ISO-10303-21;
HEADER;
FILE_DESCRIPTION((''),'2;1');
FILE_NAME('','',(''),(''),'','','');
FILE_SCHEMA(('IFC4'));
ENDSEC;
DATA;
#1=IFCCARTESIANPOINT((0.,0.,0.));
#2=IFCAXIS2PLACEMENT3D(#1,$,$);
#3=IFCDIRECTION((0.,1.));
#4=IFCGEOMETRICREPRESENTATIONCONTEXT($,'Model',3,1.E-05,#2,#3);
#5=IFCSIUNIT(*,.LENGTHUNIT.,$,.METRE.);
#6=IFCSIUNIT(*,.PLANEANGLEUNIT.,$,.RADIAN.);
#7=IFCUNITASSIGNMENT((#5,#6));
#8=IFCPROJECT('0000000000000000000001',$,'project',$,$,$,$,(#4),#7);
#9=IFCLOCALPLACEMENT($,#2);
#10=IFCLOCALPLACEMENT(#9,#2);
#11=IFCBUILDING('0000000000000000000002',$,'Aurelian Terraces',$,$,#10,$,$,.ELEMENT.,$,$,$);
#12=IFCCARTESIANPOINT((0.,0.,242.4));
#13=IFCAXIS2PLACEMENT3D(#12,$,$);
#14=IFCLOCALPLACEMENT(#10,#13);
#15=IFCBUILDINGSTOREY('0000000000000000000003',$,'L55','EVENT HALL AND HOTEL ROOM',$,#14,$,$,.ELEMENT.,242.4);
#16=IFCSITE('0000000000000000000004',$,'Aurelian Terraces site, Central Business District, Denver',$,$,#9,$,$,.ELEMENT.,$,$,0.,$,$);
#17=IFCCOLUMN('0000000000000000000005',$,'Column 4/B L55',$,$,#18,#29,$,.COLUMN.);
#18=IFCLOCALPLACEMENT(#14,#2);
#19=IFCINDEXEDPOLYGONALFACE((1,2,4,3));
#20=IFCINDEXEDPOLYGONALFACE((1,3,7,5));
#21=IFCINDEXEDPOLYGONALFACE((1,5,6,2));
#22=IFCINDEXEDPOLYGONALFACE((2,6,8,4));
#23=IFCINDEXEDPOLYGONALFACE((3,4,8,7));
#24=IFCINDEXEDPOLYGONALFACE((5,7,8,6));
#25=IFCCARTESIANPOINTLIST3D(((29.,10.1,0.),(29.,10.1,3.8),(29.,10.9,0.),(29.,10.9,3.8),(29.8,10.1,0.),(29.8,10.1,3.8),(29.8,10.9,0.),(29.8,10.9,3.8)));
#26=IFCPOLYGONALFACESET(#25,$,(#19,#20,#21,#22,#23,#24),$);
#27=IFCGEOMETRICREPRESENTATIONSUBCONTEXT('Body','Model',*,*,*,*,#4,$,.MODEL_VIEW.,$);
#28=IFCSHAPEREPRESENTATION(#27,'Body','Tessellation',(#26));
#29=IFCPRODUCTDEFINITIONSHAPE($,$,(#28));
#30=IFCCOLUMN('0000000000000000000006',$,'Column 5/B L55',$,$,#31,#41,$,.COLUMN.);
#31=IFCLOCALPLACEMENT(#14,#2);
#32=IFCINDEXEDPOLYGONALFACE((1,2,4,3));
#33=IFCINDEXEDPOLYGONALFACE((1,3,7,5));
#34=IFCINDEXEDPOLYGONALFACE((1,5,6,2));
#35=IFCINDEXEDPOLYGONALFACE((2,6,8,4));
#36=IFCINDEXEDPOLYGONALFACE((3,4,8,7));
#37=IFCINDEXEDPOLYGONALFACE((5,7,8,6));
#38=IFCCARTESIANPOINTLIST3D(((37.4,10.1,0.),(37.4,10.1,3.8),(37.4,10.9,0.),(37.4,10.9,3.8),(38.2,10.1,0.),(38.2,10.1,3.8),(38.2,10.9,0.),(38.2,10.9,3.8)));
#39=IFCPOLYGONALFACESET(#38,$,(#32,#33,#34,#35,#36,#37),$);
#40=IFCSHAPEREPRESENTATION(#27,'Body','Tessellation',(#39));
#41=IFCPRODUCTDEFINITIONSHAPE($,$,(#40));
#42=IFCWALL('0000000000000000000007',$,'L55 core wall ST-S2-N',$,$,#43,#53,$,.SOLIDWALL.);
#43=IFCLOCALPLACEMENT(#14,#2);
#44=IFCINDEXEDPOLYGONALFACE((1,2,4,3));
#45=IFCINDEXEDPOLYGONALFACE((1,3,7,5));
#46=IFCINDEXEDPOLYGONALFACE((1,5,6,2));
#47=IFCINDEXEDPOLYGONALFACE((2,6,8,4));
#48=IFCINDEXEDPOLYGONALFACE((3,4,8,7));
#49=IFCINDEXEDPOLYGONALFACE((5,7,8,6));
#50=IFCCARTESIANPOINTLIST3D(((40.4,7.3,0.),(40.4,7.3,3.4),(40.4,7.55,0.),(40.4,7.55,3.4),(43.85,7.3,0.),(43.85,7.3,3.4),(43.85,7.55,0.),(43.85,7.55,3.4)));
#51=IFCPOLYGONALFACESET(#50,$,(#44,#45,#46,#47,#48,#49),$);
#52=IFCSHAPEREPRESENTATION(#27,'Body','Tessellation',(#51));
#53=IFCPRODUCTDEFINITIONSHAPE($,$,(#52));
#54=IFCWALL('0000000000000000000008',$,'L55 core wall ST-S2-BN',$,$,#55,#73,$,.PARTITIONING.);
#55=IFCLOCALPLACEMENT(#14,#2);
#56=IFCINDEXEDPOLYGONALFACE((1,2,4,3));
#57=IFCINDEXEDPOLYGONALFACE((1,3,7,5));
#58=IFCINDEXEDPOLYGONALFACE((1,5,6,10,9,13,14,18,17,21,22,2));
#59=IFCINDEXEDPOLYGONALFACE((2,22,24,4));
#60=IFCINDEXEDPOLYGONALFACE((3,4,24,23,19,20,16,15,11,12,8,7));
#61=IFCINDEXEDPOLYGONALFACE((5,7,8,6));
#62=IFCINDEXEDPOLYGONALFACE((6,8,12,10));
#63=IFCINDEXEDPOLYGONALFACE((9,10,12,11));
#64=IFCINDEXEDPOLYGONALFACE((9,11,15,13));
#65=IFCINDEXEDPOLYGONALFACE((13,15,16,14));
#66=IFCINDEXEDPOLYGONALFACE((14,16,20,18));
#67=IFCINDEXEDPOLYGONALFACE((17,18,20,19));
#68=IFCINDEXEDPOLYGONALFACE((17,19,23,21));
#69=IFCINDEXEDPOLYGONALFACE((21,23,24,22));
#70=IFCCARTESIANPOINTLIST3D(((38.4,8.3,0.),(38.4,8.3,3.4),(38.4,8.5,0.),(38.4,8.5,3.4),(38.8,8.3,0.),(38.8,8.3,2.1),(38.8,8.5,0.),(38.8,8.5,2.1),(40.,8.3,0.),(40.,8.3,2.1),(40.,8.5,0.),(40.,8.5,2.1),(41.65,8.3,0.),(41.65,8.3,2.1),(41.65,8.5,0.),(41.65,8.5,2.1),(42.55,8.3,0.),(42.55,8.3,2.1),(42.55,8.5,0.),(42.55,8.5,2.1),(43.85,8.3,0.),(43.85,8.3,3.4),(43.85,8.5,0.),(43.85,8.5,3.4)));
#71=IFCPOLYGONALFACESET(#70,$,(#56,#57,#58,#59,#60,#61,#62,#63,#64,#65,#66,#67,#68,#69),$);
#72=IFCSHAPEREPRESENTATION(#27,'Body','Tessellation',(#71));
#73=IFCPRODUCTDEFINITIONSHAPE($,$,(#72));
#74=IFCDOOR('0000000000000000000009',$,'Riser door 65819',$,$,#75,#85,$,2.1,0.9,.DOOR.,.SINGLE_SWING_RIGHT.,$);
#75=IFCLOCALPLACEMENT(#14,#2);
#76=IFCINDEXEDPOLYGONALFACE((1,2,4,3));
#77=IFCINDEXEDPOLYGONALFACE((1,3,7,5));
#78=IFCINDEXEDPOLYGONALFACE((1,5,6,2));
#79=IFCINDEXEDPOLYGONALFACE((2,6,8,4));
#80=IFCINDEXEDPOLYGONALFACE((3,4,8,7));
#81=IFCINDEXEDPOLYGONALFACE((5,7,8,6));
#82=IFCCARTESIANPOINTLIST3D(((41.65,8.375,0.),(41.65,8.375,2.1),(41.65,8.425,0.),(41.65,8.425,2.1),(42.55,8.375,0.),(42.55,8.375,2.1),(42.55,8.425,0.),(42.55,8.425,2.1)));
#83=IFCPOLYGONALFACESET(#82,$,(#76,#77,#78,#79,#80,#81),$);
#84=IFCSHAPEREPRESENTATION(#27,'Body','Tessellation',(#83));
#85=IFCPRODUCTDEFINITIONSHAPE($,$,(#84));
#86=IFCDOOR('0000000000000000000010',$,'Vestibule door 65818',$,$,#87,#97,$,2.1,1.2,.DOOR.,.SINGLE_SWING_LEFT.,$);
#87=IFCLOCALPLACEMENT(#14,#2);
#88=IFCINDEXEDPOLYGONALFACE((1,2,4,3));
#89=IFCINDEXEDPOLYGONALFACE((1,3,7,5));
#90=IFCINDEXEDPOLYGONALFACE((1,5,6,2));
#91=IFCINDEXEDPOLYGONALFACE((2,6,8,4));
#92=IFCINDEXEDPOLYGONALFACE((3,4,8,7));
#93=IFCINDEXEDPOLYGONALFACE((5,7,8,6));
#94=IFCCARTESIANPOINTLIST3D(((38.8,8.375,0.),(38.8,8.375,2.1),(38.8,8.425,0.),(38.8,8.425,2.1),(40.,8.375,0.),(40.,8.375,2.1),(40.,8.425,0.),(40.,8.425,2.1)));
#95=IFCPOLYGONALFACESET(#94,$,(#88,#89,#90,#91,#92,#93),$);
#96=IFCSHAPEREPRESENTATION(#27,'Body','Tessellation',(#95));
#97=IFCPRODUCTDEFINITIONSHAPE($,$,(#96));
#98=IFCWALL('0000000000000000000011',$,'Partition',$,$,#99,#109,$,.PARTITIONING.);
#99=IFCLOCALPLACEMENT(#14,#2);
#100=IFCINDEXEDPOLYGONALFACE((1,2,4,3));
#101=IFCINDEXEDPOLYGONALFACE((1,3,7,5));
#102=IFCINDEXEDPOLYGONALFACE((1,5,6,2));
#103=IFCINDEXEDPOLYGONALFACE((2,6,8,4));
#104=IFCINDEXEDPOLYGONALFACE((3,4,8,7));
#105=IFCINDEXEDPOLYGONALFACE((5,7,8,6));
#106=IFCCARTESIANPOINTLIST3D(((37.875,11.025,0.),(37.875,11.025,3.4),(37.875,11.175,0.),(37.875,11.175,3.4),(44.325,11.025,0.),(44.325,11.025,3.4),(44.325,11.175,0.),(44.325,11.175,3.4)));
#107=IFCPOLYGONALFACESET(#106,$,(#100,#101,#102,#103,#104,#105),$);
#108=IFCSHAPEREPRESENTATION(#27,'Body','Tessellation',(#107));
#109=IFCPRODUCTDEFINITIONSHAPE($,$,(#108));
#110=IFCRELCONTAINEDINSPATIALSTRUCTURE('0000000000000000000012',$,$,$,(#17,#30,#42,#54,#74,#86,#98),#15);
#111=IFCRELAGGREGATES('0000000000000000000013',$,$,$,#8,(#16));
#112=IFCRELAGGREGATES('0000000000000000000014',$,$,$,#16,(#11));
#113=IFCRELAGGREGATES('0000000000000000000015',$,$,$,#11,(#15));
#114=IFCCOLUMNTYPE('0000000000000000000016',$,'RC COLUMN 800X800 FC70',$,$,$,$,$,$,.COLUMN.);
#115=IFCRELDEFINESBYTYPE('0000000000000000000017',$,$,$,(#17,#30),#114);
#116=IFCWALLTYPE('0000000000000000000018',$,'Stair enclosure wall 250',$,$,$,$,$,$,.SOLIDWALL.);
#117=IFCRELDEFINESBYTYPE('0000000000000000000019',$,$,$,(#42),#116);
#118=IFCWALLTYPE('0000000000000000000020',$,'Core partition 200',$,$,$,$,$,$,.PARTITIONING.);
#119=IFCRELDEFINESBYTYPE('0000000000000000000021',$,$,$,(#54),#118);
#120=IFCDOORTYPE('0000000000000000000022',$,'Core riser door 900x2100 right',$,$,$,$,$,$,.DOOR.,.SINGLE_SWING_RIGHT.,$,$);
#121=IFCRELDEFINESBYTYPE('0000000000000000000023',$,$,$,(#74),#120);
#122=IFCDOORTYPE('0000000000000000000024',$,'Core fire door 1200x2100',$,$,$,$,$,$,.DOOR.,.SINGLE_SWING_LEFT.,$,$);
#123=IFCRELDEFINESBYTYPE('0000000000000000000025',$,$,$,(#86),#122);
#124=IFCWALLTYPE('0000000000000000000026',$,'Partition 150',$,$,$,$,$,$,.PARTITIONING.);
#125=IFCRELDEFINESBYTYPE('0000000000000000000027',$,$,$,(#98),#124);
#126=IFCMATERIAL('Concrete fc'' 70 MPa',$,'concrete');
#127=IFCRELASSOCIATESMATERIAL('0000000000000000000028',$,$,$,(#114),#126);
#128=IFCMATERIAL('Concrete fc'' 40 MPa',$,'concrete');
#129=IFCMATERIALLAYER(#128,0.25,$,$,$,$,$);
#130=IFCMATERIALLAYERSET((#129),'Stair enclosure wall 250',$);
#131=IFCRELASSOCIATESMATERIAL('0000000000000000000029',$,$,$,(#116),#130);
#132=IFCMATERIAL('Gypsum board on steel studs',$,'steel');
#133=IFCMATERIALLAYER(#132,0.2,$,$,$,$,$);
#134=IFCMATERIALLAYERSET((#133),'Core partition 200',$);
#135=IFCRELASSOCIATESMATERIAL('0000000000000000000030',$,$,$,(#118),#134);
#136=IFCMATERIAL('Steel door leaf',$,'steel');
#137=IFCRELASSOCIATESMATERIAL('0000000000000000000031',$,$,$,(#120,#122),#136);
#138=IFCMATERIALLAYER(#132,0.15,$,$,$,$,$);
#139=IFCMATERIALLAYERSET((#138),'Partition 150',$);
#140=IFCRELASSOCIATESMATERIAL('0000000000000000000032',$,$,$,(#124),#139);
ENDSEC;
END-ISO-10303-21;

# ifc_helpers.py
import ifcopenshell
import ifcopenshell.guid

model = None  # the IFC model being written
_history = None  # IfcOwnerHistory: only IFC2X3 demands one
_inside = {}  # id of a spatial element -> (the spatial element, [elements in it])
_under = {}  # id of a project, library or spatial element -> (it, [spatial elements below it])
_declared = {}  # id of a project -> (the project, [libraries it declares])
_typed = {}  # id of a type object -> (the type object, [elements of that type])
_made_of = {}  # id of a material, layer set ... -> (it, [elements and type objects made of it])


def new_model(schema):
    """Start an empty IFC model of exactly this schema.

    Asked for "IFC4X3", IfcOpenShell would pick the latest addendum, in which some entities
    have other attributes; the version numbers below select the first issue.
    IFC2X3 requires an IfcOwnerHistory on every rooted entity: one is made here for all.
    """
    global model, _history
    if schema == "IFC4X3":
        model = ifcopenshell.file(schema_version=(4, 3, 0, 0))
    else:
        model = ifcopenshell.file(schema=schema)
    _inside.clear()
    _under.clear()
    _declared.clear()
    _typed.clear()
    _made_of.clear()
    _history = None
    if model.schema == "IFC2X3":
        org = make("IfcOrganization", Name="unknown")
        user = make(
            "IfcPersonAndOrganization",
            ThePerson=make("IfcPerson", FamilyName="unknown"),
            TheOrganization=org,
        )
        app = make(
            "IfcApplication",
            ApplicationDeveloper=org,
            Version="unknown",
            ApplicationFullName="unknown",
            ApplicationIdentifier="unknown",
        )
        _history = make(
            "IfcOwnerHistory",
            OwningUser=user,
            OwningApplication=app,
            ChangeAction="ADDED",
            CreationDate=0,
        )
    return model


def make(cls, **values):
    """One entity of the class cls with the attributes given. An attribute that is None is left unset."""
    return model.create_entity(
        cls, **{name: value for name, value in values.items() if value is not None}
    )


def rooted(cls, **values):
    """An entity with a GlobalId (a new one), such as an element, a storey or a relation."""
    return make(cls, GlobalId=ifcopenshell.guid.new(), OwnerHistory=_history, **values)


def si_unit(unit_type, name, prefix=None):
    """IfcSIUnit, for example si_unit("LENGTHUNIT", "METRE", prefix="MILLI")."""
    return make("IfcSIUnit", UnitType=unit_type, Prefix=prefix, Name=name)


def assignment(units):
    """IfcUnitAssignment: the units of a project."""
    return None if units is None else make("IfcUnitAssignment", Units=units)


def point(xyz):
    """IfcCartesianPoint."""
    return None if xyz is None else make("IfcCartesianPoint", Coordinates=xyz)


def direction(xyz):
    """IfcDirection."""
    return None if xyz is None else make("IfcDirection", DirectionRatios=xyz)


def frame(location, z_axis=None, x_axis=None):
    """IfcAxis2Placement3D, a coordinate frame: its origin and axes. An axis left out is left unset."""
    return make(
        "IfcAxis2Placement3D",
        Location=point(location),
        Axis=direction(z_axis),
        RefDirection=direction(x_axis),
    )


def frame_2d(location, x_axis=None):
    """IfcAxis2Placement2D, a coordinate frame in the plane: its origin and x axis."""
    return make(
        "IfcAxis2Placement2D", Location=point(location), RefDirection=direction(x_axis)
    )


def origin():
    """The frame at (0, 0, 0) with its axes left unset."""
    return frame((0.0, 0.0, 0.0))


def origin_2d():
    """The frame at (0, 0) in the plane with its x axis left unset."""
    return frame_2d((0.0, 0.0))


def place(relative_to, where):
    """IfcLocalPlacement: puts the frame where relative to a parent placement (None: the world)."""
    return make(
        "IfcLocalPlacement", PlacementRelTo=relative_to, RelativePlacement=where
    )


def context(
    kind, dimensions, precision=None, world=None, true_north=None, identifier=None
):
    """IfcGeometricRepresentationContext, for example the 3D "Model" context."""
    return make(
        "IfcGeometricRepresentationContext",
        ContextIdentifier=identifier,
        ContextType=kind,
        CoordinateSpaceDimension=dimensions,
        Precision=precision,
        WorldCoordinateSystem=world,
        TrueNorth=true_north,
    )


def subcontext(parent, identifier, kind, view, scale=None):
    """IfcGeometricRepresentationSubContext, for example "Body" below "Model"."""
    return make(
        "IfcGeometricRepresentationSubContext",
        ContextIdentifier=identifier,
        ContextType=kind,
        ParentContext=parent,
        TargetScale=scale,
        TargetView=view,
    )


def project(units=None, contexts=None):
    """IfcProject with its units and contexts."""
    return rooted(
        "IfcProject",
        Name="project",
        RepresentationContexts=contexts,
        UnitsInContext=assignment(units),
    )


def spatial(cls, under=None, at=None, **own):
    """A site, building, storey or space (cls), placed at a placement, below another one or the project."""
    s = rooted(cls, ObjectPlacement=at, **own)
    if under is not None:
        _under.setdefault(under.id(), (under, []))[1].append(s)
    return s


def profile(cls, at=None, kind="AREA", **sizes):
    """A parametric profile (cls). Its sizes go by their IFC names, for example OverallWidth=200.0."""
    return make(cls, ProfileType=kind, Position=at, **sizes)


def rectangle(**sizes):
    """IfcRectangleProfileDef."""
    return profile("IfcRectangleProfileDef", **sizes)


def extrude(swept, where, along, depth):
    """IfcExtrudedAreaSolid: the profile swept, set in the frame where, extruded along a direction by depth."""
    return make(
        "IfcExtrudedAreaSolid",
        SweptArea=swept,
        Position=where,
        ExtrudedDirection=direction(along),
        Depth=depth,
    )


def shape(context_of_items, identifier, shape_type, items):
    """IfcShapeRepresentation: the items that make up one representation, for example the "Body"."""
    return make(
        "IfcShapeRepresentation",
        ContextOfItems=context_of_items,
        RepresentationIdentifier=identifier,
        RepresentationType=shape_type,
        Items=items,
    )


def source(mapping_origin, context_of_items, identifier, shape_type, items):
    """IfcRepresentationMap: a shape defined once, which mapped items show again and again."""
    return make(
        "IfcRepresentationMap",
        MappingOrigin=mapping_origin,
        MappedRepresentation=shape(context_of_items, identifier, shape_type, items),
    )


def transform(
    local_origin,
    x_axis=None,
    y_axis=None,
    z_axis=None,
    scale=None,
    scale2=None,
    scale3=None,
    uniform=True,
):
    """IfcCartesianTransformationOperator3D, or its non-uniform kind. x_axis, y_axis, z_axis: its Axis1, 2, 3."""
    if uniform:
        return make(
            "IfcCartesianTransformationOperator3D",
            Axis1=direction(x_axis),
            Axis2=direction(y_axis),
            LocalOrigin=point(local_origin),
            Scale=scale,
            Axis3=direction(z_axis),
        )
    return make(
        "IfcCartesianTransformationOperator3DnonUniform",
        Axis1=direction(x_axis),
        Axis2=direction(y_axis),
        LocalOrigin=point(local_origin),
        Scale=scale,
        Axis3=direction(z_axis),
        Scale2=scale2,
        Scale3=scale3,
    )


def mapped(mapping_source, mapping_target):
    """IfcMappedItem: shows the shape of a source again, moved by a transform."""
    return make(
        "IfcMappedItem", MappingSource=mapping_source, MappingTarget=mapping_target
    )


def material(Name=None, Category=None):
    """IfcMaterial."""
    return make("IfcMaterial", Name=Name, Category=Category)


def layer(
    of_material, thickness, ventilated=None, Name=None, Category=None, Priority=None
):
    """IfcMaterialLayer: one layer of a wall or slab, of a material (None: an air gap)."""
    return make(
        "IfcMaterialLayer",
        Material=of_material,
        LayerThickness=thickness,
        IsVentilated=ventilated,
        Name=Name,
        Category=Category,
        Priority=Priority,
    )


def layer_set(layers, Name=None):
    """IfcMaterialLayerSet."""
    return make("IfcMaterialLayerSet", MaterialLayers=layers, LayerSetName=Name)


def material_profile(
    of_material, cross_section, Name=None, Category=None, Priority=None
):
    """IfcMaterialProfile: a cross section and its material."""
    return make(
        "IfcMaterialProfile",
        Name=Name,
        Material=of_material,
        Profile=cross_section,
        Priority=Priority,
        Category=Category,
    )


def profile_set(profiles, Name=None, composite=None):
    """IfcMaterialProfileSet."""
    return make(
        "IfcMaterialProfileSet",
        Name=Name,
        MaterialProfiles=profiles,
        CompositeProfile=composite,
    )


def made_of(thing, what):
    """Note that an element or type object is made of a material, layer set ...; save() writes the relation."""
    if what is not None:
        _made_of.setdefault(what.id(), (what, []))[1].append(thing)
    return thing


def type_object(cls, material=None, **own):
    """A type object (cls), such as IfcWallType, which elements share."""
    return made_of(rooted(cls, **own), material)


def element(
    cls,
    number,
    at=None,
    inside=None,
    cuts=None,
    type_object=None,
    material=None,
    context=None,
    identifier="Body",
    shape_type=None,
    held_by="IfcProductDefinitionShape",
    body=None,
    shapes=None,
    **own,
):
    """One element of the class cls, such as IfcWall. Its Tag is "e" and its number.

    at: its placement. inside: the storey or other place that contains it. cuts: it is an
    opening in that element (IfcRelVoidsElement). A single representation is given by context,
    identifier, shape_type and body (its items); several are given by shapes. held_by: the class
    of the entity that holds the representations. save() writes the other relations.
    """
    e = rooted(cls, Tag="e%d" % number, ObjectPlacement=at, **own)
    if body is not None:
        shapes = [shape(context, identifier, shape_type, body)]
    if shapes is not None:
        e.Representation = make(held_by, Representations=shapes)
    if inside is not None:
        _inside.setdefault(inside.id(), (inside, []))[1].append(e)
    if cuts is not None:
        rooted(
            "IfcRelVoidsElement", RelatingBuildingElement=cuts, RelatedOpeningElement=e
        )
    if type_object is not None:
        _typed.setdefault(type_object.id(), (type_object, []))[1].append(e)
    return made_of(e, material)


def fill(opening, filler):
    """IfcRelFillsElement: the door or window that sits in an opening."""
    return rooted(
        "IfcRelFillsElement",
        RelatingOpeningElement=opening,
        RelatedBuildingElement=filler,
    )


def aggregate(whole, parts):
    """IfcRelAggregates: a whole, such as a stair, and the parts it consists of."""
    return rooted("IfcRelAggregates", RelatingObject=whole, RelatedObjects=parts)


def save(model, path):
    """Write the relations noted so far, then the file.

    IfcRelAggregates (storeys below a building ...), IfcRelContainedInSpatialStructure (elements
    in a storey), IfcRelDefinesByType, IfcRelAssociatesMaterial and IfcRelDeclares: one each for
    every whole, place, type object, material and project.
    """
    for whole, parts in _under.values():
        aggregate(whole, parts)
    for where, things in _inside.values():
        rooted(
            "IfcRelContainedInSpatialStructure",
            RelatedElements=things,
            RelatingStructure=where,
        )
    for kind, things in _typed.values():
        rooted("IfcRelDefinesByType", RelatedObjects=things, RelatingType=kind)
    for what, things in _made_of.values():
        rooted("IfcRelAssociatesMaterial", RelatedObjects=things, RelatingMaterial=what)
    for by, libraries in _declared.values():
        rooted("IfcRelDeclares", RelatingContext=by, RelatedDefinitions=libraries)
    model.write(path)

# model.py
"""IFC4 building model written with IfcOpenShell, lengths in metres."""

from ifc_helpers import new_model, si_unit, direction, frame, frame_2d, origin, origin_2d, place, context, subcontext, project, spatial, rectangle, extrude, source, transform, mapped, material, layer, layer_set, material_profile, profile_set, type_object, element, fill, save


model = new_model("IFC4")

# Units and contexts
model_context = context("Model", 3, precision=1e-05, world=origin(), true_north=direction((0.0, 1.0)))
body_context = subcontext(model_context, "Body", "Model", "MODEL_VIEW")
ifc_project = project(units=[si_unit("LENGTHUNIT", "METRE"), si_unit("PLANEANGLEUNIT", "RADIAN")], contexts=[model_context])

# Site, building, storey
site_placement = place(None, origin())
site = spatial("IfcSite", under=ifc_project, at=site_placement, Name="Aurelian Terraces site, Central Business District, Denver", CompositionType="ELEMENT", RefElevation=0.0)
building_placement = place(site_placement, origin())
building = spatial("IfcBuilding", under=site, at=building_placement, Name="Aurelian Terraces", CompositionType="ELEMENT")
storey_placement = place(building_placement, frame((0.0, 0.0, 242.4)))
storey = spatial("IfcBuildingStorey", under=building, at=storey_placement, Name="L55", Description="EVENT HALL AND HOTEL ROOM", CompositionType="ELEMENT", Elevation=242.4)

# Columns
ifc_material_1 = material(Name="Concrete fc' 70 MPa", Category="concrete")
ifc_material_profile = material_profile(ifc_material_1, rectangle(XDim=0.8, YDim=0.8, at=origin_2d()))
ifc_profile_set = profile_set([ifc_material_profile], Name="Concrete fc' 70 MPa")
column_type = type_object("IfcColumnType", Name="RC COLUMN 800X800 FC70", PredefinedType="COLUMN", material=ifc_profile_set)
shared_shape_1 = source(origin(), body_context, "Body", "SweptSolid", [
    extrude(rectangle(XDim=0.8, YDim=0.8, at=origin_2d()), origin(), (0.0, 0.0, 1.0), 3.8),
])
for number, where, z_axis, x_axis, name in (
    (1, (29.4, 10.5, 0.0), (0.0, 0.0, 1.0), (1.0, 0.0, 0.0), "Column 4/B L55"),
    (2, (37.8, 10.5, 0.0), (0.0, 0.0, 1.0), (1.0, 0.0, 0.0), "Column 5/B L55"),
):
    element("IfcColumn", number, at=place(storey_placement, frame(where, z_axis=z_axis, x_axis=x_axis)), inside=storey, type_object=column_type, Name=name, PredefinedType="COLUMN", context=body_context, shape_type="MappedRepresentation", body=[
        mapped(shared_shape_1, transform((0.0, 0.0, 0.0), scale=1.0)),
    ])

# Wall
ifc_material_2 = material(Name="Concrete fc' 40 MPa", Category="concrete")
ifc_layer_1 = layer(ifc_material_2, 0.25)
ifc_layer_set_1 = layer_set([ifc_layer_1], Name="Stair enclosure wall 250")
wall_type_1 = type_object("IfcWallType", Name="Stair enclosure wall 250", PredefinedType="SOLIDWALL", material=ifc_layer_set_1)
shared_shape_2 = source(origin(), body_context, "Body", "SweptSolid", [
    extrude(rectangle(XDim=3.45, YDim=0.25, at=frame_2d((1.725, 0.0))), origin(), (0.0, 0.0, 1.0), 3.4),
])
wall_1_placement = place(storey_placement, frame((40.4, 7.425, 0.0), z_axis=(0.0, 0.0, 1.0), x_axis=(1.0, 0.0, 0.0)))
element("IfcWall", 3, at=wall_1_placement, inside=storey, type_object=wall_type_1, Name="L55 core wall ST-S2-N", PredefinedType="SOLIDWALL", context=body_context, shape_type="MappedRepresentation", body=[
    mapped(shared_shape_2, transform((0.0, 0.0, 0.0), scale=1.0)),
])

# Wall, openings, doors
ifc_material_3 = material(Name="Gypsum board on steel studs", Category="steel")
ifc_layer_2 = layer(ifc_material_3, 0.2)
ifc_layer_set_2 = layer_set([ifc_layer_2], Name="Core partition 200")
wall_type_2 = type_object("IfcWallType", Name="Core partition 200", PredefinedType="PARTITIONING", material=ifc_layer_set_2)
shared_shape_3 = source(origin(), body_context, "Body", "SweptSolid", [
    extrude(rectangle(XDim=5.45, YDim=0.2, at=frame_2d((2.725, 0.0))), origin(), (0.0, 0.0, 1.0), 3.4),
])
wall_2_placement = place(storey_placement, frame((38.4, 8.4, 0.0), z_axis=(0.0, 0.0, 1.0), x_axis=(1.0, 0.0, 0.0)))
wall_2 = element("IfcWall", 4, at=wall_2_placement, inside=storey, type_object=wall_type_2, Name="L55 core wall ST-S2-BN", PredefinedType="PARTITIONING", context=body_context, shape_type="MappedRepresentation", body=[
    mapped(shared_shape_3, transform((0.0, 0.0, 0.0), scale=1.0)),
])
shared_shape_4 = source(origin(), body_context, "Body", "SweptSolid", [
    extrude(rectangle(XDim=1.2, YDim=2.1, at=frame_2d((0.6, 1.05))), frame((0.0, 0.11, 0.0), z_axis=(0.0, -1.0, 0.0), x_axis=(1.0, 0.0, 0.0)), (0.0, 0.0, 1.0), 0.22),
])
opening_1_placement = place(wall_2_placement, frame((0.4, 0.0, 0.0)))
opening_1 = element("IfcOpeningElement", 5, at=opening_1_placement, cuts=wall_2, PredefinedType="OPENING", context=body_context, shape_type="MappedRepresentation", body=[
    mapped(shared_shape_4, transform((0.0, 0.0, 0.0), scale=1.0)),
])
shared_shape_5 = source(origin(), body_context, "Body", "SweptSolid", [
    extrude(rectangle(XDim=0.9, YDim=2.1, at=frame_2d((0.45, 1.05))), frame((0.0, 0.11, 0.0), z_axis=(0.0, -1.0, 0.0), x_axis=(1.0, 0.0, 0.0)), (0.0, 0.0, 1.0), 0.22),
])
opening_2_placement = place(wall_2_placement, frame((3.25, 0.0, 0.0)))
opening_2 = element("IfcOpeningElement", 6, at=opening_2_placement, cuts=wall_2, PredefinedType="OPENING", context=body_context, shape_type="MappedRepresentation", body=[
    mapped(shared_shape_5, transform((0.0, 0.0, 0.0), scale=1.0)),
])
ifc_material_4 = material(Name="Steel door leaf", Category="steel")
door_type_1 = type_object("IfcDoorType", Name="Core riser door 900x2100 right", OperationType="SINGLE_SWING_RIGHT", PredefinedType="DOOR", material=ifc_material_4)
shared_shape_6 = source(origin(), body_context, "Body", "SweptSolid", [
    extrude(rectangle(XDim=0.9, YDim=2.1, at=frame_2d((0.45, 1.05))), frame((0.0, 0.025, 0.0), z_axis=(0.0, -1.0, 0.0), x_axis=(1.0, 0.0, 0.0)), (0.0, 0.0, 1.0), 0.05),
])
door_1_placement = place(opening_2_placement, origin())
door_1 = element("IfcDoor", 7, at=door_1_placement, inside=storey, type_object=door_type_1, Name="Riser door 65819", OperationType="SINGLE_SWING_RIGHT", OverallHeight=2.1, OverallWidth=0.9, PredefinedType="DOOR", context=body_context, shape_type="MappedRepresentation", body=[
    mapped(shared_shape_6, transform((0.0, 0.0, 0.0), scale=1.0)),
])
fill(opening_2, door_1)
door_type_2 = type_object("IfcDoorType", Name="Core fire door 1200x2100", OperationType="SINGLE_SWING_LEFT", PredefinedType="DOOR", material=ifc_material_4)
shared_shape_7 = source(origin(), body_context, "Body", "SweptSolid", [
    extrude(rectangle(XDim=1.2, YDim=2.1, at=frame_2d((0.6, 1.05))), frame((0.0, 0.025, 0.0), z_axis=(0.0, -1.0, 0.0), x_axis=(1.0, 0.0, 0.0)), (0.0, 0.0, 1.0), 0.05),
])
door_2_placement = place(opening_1_placement, origin())
door_2 = element("IfcDoor", 8, at=door_2_placement, inside=storey, type_object=door_type_2, Name="Vestibule door 65818", OperationType="SINGLE_SWING_LEFT", OverallHeight=2.1, OverallWidth=1.2, PredefinedType="DOOR", context=body_context, shape_type="MappedRepresentation", body=[
    mapped(shared_shape_7, transform((0.0, 0.0, 0.0), scale=1.0)),
])
fill(opening_1, door_2)

# Wall
ifc_layer_3 = layer(ifc_material_3, 0.15)
ifc_layer_set_3 = layer_set([ifc_layer_3], Name="Partition 150")
wall_type_3 = type_object("IfcWallType", Name="Partition 150", PredefinedType="PARTITIONING", material=ifc_layer_set_3)
shared_shape_8 = source(origin(), body_context, "Body", "SweptSolid", [
    extrude(rectangle(XDim=6.45, YDim=0.15, at=frame_2d((3.225, 0.0))), origin(), (0.0, 0.0, 1.0), 3.4),
])
wall_3_placement = place(storey_placement, frame((37.875, 11.1, 0.0), z_axis=(0.0, 0.0, 1.0), x_axis=(1.0, 0.0, 0.0)))
element("IfcWall", 9, at=wall_3_placement, inside=storey, type_object=wall_type_3, Name="Partition", PredefinedType="PARTITIONING", context=body_context, shape_type="MappedRepresentation", body=[
    mapped(shared_shape_8, transform((0.0, 0.0, 0.0), scale=1.0)),
])

save(model, "model.ifc")
